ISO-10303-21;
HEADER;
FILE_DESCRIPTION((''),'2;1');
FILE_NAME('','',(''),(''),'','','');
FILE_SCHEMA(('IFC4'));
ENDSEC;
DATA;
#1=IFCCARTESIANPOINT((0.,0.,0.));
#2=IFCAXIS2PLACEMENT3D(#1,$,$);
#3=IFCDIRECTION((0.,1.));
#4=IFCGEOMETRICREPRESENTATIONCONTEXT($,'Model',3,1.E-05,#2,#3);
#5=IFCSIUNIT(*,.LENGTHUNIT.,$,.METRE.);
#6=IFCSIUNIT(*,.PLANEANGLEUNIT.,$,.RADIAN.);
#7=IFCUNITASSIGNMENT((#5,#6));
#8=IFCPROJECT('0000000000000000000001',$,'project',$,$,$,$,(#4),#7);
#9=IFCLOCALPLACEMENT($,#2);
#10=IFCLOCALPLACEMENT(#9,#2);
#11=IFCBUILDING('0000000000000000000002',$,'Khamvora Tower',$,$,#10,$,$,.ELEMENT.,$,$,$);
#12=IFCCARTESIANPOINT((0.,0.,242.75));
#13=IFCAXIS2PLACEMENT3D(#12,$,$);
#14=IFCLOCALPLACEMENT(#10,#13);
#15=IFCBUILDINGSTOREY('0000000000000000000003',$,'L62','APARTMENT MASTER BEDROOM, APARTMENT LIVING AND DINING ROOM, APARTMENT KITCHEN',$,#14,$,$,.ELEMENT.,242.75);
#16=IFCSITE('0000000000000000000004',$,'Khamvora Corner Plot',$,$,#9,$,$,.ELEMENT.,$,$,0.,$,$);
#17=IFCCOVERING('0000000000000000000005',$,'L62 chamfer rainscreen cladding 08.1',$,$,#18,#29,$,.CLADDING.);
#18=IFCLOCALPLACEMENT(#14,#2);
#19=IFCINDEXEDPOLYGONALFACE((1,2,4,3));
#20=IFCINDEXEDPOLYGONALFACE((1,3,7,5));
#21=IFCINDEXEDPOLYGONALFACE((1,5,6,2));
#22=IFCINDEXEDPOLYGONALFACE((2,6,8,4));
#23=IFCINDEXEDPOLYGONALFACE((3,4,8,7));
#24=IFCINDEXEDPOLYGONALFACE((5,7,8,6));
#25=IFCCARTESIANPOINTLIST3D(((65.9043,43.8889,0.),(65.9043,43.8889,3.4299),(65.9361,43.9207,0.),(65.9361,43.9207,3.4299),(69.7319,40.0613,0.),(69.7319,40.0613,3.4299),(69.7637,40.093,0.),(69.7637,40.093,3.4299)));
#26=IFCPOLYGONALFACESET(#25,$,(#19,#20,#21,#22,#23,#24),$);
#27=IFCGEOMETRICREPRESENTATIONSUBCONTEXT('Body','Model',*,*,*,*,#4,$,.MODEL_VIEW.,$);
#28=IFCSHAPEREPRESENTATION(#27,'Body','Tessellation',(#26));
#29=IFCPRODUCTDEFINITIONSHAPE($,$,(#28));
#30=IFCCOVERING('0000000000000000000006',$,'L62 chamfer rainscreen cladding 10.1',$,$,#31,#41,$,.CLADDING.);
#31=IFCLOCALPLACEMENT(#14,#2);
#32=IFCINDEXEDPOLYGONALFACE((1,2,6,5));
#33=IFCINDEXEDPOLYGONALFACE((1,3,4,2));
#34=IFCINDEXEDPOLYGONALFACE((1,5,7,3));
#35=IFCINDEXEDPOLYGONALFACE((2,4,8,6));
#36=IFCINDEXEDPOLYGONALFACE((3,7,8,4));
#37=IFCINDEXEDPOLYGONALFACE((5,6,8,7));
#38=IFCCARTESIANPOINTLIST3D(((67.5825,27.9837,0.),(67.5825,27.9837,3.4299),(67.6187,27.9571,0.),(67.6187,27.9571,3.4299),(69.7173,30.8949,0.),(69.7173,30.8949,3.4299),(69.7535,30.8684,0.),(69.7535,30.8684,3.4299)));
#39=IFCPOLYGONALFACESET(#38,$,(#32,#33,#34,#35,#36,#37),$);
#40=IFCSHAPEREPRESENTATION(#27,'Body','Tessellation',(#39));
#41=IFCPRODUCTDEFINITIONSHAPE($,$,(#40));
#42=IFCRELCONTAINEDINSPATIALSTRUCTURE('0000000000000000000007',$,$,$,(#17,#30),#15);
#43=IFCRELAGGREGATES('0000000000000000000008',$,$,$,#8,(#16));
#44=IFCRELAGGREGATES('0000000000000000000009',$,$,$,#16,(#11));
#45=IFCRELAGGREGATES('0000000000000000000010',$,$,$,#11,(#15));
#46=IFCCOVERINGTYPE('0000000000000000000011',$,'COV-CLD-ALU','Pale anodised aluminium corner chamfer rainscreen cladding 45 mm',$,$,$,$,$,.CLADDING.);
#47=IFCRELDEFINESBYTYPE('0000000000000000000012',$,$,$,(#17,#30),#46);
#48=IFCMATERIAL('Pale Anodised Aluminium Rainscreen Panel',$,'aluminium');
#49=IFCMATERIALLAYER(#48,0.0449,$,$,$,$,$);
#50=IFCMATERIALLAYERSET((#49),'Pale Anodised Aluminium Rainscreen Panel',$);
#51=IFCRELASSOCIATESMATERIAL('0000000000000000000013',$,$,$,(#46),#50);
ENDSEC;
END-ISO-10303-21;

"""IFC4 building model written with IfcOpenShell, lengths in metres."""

from ifc_helpers import new_model, si_unit, direction, frame, origin, origin_2d, place, context, subcontext, project, spatial, rectangle, extrude, material, layer, layer_set, type_object, element, save


model = new_model("IFC4")

# Units and contexts
model_context = context("Model", 3, precision=1e-05, world=origin(), true_north=direction((0.0, 1.0)))
body_context = subcontext(model_context, "Body", "Model", "MODEL_VIEW")
ifc_project = project(units=[si_unit("LENGTHUNIT", "METRE"), si_unit("PLANEANGLEUNIT", "RADIAN")], contexts=[model_context])

# Site, building, storey
site_placement = place(None, origin())
site = spatial("IfcSite", under=ifc_project, at=site_placement, Name="Khamvora Corner Plot", CompositionType="ELEMENT", RefElevation=0.0)
building_placement = place(site_placement, origin())
building = spatial("IfcBuilding", under=site, at=building_placement, Name="Khamvora Tower", CompositionType="ELEMENT")
storey_placement = place(building_placement, frame((0.0, 0.0, 242.75)))
storey = spatial("IfcBuildingStorey", under=building, at=storey_placement, Name="L62", Description="APARTMENT MASTER BEDROOM, APARTMENT LIVING AND DINING ROOM, APARTMENT KITCHEN", CompositionType="ELEMENT", Elevation=242.75)

# Coverings
ifc_material_1 = material(Name="Pale Anodised Aluminium Rainscreen Panel", Category="aluminium")
ifc_layer_1 = layer(ifc_material_1, 0.0449)
ifc_layer_set_1 = layer_set([ifc_layer_1], Name="Pale Anodised Aluminium Rainscreen Panel")
covering_type = type_object("IfcCoveringType", Name="COV-CLD-ALU", Description="Pale anodised aluminium corner chamfer rainscreen cladding 45 mm", PredefinedType="CLADDING", material=ifc_layer_set_1)
covering_1_placement = place(storey_placement, frame((67.834, 41.991, 0.0), z_axis=(0.0, 0.0, 1.0), x_axis=(0.707107, -0.707107, 0.0)))
element("IfcCovering", 1, at=covering_1_placement, inside=storey, type_object=covering_type, Name="L62 chamfer rainscreen cladding 08.1", PredefinedType="CLADDING", context=body_context, shape_type="SweptSolid", body=[
    extrude(rectangle(XDim=5.4131, YDim=0.0449, at=origin_2d()), origin(), (0.0, 0.0, 1.0), 3.4299),
])
covering_2_placement = place(storey_placement, frame((68.668, 29.426, 0.0), z_axis=(0.0, 0.0, 1.0), x_axis=(-0.59134, -0.806422, 0.0)))
element("IfcCovering", 2, at=covering_2_placement, inside=storey, type_object=covering_type, Name="L62 chamfer rainscreen cladding 10.1", PredefinedType="CLADDING", context=body_context, shape_type="SweptSolid", body=[
    extrude(rectangle(XDim=3.6101, YDim=0.0449, at=origin_2d()), origin(), (0.0, 0.0, 1.0), 3.4299),
])

save(model, "model.ifc")
